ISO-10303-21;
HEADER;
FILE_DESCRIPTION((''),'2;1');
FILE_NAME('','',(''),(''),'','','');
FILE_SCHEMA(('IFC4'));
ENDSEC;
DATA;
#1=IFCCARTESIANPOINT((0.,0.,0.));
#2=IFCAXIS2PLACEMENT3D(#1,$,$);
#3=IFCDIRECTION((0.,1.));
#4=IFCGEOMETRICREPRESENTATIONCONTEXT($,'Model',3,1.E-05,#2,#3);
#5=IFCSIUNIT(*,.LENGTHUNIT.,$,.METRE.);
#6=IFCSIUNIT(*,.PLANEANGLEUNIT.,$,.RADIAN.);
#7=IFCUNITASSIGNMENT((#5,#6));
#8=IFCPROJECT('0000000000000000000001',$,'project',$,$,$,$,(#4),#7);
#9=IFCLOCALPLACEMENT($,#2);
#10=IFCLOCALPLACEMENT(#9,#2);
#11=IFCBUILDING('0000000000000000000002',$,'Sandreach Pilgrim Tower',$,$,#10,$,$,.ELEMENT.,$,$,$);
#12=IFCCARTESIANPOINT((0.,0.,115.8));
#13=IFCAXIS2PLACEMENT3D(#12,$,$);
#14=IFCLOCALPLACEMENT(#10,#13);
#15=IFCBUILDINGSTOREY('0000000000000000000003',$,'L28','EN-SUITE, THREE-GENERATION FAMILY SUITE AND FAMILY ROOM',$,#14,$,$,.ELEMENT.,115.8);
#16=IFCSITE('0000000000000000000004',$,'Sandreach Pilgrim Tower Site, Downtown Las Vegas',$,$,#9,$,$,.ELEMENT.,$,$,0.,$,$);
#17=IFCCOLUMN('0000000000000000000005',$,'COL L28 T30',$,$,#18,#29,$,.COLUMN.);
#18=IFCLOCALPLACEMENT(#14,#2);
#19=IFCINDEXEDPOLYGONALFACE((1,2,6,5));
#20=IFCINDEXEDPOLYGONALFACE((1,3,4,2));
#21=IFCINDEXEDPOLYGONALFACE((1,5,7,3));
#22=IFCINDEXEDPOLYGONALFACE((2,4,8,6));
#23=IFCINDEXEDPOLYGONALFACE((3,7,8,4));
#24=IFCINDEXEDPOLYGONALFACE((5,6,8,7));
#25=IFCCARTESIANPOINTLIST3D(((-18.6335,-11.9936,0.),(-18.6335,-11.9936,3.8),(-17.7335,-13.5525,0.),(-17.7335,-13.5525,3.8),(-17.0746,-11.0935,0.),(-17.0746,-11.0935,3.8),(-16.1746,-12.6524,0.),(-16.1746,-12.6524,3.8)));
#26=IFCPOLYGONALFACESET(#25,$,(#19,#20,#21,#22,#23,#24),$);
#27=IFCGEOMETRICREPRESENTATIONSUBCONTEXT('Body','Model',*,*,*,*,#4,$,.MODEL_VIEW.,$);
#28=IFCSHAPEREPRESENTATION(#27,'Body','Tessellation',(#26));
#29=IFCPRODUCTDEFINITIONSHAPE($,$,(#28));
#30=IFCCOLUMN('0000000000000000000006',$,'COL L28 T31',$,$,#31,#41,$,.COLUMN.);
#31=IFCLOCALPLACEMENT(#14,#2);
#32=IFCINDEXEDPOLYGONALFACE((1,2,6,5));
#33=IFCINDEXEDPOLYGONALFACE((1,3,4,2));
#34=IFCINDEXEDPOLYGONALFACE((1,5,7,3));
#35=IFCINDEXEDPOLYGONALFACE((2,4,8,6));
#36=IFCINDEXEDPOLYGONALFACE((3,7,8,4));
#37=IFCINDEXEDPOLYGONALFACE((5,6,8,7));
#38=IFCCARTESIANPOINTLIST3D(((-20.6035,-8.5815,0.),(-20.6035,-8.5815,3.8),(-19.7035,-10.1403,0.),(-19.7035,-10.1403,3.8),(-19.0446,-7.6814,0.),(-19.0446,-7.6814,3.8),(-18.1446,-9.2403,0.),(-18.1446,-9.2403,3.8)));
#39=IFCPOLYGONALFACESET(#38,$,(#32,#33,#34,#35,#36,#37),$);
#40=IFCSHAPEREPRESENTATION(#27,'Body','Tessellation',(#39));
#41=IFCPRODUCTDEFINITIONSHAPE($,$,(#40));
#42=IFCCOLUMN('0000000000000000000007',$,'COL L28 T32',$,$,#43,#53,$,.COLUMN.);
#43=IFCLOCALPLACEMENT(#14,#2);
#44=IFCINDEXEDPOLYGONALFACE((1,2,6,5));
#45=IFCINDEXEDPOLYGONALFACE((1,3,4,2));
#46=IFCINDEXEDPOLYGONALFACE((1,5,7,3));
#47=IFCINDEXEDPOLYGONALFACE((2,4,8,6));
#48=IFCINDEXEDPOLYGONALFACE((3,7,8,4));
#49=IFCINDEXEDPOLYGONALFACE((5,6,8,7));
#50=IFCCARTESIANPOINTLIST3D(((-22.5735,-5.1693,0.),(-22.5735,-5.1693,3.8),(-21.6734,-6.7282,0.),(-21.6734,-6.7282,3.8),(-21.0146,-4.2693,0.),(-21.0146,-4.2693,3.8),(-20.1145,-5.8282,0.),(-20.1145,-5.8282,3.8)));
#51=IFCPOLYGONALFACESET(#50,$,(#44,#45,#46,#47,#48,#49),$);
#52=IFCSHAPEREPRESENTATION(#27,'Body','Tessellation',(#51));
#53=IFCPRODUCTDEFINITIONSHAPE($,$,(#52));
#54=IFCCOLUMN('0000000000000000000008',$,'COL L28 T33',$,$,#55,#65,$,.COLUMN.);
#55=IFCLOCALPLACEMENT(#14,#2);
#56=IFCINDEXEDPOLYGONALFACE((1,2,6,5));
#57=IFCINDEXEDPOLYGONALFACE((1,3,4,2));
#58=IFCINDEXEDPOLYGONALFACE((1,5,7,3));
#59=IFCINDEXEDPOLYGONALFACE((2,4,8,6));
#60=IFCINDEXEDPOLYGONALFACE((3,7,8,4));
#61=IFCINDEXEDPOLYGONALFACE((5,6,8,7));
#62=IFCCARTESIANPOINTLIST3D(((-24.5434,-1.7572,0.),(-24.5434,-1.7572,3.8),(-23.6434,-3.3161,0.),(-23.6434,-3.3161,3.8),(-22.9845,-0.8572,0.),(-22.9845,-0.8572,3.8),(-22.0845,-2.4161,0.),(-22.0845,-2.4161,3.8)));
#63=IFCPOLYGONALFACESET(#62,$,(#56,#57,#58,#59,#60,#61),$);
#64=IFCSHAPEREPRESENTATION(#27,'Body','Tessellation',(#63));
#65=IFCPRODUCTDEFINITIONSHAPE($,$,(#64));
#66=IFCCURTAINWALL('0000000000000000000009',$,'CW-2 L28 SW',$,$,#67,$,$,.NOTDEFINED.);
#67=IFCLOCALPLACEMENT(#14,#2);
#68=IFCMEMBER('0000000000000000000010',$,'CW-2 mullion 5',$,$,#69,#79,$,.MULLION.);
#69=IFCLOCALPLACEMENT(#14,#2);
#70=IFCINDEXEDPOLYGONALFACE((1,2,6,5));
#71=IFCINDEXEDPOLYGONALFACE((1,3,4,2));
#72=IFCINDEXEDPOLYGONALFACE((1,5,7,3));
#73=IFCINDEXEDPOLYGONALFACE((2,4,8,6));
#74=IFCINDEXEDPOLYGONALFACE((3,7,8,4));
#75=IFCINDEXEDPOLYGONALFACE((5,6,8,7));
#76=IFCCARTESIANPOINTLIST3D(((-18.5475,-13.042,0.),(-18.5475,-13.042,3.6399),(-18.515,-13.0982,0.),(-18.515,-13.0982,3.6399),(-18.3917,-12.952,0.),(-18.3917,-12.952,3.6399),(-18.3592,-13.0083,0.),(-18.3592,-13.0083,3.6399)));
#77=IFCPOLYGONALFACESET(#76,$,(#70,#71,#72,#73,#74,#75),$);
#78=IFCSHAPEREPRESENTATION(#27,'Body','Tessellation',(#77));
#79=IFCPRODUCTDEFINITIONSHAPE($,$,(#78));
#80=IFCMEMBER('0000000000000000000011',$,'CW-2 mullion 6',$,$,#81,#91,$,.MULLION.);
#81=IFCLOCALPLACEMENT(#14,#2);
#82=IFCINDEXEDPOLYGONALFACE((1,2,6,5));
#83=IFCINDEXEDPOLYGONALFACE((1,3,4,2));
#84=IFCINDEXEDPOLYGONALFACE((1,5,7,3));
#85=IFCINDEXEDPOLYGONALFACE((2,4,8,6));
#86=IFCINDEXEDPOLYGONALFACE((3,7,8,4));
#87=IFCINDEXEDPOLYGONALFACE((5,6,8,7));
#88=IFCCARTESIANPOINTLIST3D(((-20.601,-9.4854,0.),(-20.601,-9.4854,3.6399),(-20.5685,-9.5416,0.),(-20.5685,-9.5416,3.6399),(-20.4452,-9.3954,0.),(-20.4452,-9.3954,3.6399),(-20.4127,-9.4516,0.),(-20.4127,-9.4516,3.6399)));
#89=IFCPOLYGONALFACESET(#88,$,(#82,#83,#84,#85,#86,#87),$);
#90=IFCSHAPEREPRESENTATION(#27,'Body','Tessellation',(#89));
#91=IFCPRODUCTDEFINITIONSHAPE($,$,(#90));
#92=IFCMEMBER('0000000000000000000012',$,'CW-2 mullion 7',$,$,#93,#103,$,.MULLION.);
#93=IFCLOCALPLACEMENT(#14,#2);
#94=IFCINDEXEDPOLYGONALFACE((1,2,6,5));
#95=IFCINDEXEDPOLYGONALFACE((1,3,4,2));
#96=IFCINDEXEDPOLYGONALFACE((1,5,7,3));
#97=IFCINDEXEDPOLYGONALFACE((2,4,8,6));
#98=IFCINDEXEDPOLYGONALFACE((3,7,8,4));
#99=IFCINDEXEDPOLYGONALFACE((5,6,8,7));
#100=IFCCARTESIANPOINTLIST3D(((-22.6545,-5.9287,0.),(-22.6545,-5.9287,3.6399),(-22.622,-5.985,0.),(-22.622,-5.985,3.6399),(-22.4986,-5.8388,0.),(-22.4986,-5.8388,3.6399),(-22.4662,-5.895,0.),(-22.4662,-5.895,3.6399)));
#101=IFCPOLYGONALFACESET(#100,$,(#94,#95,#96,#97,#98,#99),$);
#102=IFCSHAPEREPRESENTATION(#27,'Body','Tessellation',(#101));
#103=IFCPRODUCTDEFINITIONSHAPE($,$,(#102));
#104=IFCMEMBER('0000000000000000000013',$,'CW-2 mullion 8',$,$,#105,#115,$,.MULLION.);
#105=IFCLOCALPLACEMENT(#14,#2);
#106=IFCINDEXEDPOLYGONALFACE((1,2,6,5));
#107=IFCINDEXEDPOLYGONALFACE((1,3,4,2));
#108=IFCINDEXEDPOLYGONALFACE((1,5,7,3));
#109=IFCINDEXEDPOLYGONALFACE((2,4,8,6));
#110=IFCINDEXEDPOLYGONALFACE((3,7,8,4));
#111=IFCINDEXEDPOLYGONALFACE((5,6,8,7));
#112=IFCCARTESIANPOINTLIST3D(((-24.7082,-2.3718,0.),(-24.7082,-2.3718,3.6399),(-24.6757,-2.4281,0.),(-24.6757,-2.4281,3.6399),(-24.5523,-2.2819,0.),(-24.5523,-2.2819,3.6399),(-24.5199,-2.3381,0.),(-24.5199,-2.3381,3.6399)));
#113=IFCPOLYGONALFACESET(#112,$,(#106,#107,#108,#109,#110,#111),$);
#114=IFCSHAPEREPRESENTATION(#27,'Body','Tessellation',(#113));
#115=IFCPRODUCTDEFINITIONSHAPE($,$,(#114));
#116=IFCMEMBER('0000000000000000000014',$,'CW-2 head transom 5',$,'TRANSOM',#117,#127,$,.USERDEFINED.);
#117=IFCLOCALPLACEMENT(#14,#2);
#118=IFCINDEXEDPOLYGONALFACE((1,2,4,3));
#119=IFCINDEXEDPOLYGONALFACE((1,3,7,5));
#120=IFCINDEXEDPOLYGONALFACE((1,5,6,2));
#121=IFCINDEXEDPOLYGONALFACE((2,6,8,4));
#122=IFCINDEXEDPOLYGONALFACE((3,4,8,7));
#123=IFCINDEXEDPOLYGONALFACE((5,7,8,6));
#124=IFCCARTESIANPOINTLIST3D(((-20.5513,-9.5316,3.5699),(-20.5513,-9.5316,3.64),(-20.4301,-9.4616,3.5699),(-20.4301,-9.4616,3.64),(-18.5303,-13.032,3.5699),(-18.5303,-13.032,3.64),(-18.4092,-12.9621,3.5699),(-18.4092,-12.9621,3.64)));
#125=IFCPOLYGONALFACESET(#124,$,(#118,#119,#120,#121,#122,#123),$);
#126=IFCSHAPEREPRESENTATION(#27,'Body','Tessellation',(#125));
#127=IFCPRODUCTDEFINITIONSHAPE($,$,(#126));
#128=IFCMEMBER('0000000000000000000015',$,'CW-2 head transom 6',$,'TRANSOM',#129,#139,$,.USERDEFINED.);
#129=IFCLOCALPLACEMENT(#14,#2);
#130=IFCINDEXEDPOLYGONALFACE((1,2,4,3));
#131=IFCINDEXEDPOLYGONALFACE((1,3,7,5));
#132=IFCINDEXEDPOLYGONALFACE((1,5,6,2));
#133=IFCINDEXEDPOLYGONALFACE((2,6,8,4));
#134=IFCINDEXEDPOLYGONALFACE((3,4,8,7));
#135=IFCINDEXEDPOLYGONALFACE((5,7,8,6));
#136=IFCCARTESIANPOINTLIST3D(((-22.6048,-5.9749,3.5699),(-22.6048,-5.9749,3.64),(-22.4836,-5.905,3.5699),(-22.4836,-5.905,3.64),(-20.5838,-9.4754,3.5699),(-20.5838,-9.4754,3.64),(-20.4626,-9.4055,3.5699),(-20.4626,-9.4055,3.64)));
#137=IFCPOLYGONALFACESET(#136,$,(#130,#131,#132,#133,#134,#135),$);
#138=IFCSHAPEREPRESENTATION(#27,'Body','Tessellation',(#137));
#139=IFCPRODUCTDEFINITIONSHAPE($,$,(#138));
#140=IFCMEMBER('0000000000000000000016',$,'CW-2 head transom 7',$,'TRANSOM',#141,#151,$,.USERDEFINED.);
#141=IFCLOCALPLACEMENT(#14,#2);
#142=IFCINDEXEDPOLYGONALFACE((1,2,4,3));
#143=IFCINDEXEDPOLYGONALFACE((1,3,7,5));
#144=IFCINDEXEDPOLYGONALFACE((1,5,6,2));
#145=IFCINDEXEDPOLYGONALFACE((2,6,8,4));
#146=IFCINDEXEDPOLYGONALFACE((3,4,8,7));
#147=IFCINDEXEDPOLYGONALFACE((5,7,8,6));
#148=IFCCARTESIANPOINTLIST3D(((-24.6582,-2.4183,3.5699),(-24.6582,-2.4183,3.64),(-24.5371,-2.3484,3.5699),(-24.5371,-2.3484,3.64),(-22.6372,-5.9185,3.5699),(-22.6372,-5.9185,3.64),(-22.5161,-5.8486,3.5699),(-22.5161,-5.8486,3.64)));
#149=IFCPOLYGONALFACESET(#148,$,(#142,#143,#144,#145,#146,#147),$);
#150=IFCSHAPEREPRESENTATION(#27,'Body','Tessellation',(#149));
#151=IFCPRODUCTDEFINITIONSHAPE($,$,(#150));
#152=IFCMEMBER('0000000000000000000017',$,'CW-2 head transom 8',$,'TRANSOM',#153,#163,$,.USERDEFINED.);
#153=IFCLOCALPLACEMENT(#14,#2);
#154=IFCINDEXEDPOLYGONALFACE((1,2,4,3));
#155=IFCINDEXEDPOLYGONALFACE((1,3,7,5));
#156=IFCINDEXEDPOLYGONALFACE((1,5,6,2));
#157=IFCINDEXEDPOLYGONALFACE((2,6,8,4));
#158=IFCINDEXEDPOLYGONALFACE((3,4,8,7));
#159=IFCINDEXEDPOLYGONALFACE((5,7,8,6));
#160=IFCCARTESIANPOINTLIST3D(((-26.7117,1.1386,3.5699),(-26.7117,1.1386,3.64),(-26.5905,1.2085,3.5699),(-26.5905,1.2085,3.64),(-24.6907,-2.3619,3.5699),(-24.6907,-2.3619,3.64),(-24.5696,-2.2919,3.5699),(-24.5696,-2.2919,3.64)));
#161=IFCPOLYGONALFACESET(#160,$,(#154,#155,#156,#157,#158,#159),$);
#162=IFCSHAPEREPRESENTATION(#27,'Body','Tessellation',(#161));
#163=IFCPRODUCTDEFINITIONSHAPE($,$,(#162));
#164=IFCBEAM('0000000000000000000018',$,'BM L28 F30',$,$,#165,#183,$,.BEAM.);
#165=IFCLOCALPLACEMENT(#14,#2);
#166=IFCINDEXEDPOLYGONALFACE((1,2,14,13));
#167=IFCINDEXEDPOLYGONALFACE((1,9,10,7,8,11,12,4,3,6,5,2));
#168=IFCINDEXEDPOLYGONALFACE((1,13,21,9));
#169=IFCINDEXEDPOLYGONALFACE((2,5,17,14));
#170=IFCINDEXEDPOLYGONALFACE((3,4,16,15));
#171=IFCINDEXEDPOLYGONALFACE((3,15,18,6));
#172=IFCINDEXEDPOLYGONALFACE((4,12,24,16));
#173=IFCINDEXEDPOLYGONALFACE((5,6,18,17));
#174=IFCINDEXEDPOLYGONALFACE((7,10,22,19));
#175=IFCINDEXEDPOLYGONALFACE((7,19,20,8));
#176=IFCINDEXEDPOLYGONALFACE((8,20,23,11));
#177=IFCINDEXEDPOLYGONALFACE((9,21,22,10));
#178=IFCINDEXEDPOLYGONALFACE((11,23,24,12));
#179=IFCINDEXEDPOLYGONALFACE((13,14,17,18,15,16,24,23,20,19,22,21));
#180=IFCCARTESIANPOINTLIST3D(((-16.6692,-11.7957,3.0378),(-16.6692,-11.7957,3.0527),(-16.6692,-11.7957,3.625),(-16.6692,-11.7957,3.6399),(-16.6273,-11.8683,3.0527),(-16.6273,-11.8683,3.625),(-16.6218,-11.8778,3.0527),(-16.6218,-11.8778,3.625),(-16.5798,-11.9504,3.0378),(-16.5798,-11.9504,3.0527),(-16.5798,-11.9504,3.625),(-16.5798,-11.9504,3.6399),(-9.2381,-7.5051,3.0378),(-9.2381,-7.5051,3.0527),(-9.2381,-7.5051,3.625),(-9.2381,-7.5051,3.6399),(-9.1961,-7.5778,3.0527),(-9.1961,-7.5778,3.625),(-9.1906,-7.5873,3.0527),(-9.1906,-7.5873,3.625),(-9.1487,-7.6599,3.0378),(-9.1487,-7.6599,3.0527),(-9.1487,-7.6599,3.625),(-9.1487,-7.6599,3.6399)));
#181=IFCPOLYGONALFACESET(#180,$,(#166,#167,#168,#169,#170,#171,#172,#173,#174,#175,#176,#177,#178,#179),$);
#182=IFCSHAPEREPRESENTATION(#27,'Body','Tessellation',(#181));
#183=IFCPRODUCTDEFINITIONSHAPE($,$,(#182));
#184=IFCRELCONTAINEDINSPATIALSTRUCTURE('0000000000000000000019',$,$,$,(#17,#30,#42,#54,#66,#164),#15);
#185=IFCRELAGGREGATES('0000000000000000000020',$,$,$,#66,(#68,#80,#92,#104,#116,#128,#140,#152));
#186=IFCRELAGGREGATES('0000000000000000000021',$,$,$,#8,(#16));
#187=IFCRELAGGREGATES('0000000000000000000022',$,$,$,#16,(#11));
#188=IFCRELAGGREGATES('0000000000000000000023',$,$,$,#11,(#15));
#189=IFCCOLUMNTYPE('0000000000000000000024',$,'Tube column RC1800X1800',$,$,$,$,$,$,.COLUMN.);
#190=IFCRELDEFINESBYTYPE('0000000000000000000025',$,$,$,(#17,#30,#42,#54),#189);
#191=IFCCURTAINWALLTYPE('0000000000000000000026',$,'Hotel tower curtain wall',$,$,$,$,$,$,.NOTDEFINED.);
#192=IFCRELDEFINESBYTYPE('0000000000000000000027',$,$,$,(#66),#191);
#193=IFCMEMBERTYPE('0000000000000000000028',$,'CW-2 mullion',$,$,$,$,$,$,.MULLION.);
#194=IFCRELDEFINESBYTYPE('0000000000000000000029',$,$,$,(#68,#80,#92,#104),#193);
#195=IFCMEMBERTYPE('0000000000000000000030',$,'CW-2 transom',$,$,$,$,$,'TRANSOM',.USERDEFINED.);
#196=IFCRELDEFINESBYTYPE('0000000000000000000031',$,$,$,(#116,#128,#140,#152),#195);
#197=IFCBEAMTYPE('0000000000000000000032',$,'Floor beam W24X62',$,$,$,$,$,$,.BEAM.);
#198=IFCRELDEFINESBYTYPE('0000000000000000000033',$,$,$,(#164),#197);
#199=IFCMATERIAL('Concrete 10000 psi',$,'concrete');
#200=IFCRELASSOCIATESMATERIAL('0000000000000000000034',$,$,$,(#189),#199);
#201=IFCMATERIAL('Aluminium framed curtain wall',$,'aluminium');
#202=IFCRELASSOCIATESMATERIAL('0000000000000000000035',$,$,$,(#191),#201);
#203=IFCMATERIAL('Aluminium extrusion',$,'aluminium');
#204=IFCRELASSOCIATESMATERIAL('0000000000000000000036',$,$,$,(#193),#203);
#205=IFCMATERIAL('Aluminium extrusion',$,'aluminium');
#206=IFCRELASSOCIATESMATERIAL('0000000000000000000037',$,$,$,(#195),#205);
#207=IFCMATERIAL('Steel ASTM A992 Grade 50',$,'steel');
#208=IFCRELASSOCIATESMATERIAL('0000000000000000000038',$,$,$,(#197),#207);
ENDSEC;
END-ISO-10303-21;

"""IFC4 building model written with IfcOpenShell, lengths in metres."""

from ifc_helpers import new_model, si_unit, direction, frame, origin, origin_2d, place, context, subcontext, project, spatial, rectangle, i_section, extrude, material, material_profile, profile_set, type_object, element, aggregate, save


model = new_model("IFC4")

# Units and contexts
model_context = context("Model", 3, precision=1e-05, world=origin(), true_north=direction((0.0, 1.0)))
body_context = subcontext(model_context, "Body", "Model", "MODEL_VIEW")
ifc_project = project(units=[si_unit("LENGTHUNIT", "METRE"), si_unit("PLANEANGLEUNIT", "RADIAN")], contexts=[model_context])

# Site, building, storey
site_placement = place(None, origin())
site = spatial("IfcSite", under=ifc_project, at=site_placement, Name="Sandreach Pilgrim Tower Site, Downtown Las Vegas", CompositionType="ELEMENT", RefElevation=0.0)
building_placement = place(site_placement, origin())
building = spatial("IfcBuilding", under=site, at=building_placement, Name="Sandreach Pilgrim Tower", CompositionType="ELEMENT")
storey_placement = place(building_placement, frame((0.0, 0.0, 115.8)))
storey = spatial("IfcBuildingStorey", under=building, at=storey_placement, Name="L28", Description="EN-SUITE, THREE-GENERATION FAMILY SUITE AND FAMILY ROOM", CompositionType="ELEMENT", Elevation=115.8)

# Columns
ifc_material_1 = material(Name="Concrete 10000 psi", Category="concrete")
ifc_material_profile_1 = material_profile(ifc_material_1, rectangle(XDim=1.8, YDim=1.8, at=origin_2d()), Name="RC1800X1800")
ifc_profile_set_1 = profile_set([ifc_material_profile_1], Name="Concrete 10000 psi")
column_type = type_object("IfcColumnType", Name="Tube column RC1800X1800", PredefinedType="COLUMN", material=ifc_profile_set_1)
for number, where, z_axis, x_axis, name in (
    (1, (-17.4041, -12.323, 0.0), (0.0, 0.0, 1.0), (-0.866025, -0.5, 0.0), "COL L28 T30"),
    (2, (-19.374, -8.9109, 0.0), (0.0, 0.0, 1.0), (-0.866025, -0.5, 0.0), "COL L28 T31"),
    (3, (-21.344, -5.4988, 0.0), (0.0, 0.0, 1.0), (-0.866025, -0.5, 0.0), "COL L28 T32"),
    (4, (-23.314, -2.0867, 0.0), (0.0, 0.0, 1.0), (-0.866025, -0.5, 0.0), "COL L28 T33"),
):
    element("IfcColumn", number, at=place(storey_placement, frame(where, z_axis=z_axis, x_axis=x_axis)), inside=storey, type_object=column_type, Name=name, PredefinedType="COLUMN", context=body_context, shape_type="SweptSolid", body=[
        extrude(rectangle(XDim=1.8, YDim=1.8, at=origin_2d()), origin(), (0.0, 0.0, 1.0), 3.8),
    ])

# Curtain wall, members
ifc_material_2 = material(Name="Aluminium framed curtain wall", Category="aluminium")
curtain_wall_type = type_object("IfcCurtainWallType", Name="Hotel tower curtain wall", PredefinedType="NOTDEFINED", material=ifc_material_2)
curtain_wall_placement = place(storey_placement, origin())
curtain_wall = element("IfcCurtainWall", 5, at=curtain_wall_placement, inside=storey, type_object=curtain_wall_type, Name="CW-2 L28 SW", PredefinedType="NOTDEFINED")
ifc_material_3 = material(Name="Aluminium extrusion", Category="aluminium")
ifc_material_profile_2 = material_profile(ifc_material_3, rectangle(XDim=0.0649, YDim=0.1799, at=origin_2d()), Name="CW-2M 65X180")
ifc_profile_set_2 = profile_set([ifc_material_profile_2], Name="Aluminium extrusion")
member_type_1 = type_object("IfcMemberType", Name="CW-2 mullion", PredefinedType="MULLION", material=ifc_profile_set_2)
member_1_placement = place(storey_placement, frame((-18.4534, -13.0251, 0.0), z_axis=(0.0, 0.0, 1.0), x_axis=(-0.5, 0.866025, 0.0)))
member_1 = element("IfcMember", 6, at=member_1_placement, type_object=member_type_1, Name="CW-2 mullion 5", PredefinedType="MULLION", context=body_context, shape_type="SweptSolid", body=[
    extrude(rectangle(XDim=0.0649, YDim=0.1799, at=origin_2d()), origin(), (0.0, 0.0, 1.0), 3.6399),
])
member_2_placement = place(storey_placement, frame((-20.5068, -9.4685, 0.0), z_axis=(0.0, 0.0, 1.0), x_axis=(-0.5, 0.866025, 0.0)))
member_2 = element("IfcMember", 7, at=member_2_placement, type_object=member_type_1, Name="CW-2 mullion 6", PredefinedType="MULLION", context=body_context, shape_type="SweptSolid", body=[
    extrude(rectangle(XDim=0.0649, YDim=0.1799, at=origin_2d()), origin(), (0.0, 0.0, 1.0), 3.6399),
])
member_3_placement = place(storey_placement, frame((-22.5603, -5.9119, 0.0), z_axis=(0.0, 0.0, 1.0), x_axis=(-0.5, 0.866025, 0.0)))
member_3 = element("IfcMember", 8, at=member_3_placement, type_object=member_type_1, Name="CW-2 mullion 7", PredefinedType="MULLION", context=body_context, shape_type="SweptSolid", body=[
    extrude(rectangle(XDim=0.0649, YDim=0.1799, at=origin_2d()), origin(), (0.0, 0.0, 1.0), 3.6399),
])
member_4_placement = place(storey_placement, frame((-24.614, -2.355, 0.0), z_axis=(0.0, 0.0, 1.0), x_axis=(-0.5, 0.866025, 0.0)))
member_4 = element("IfcMember", 9, at=member_4_placement, type_object=member_type_1, Name="CW-2 mullion 8", PredefinedType="MULLION", context=body_context, shape_type="SweptSolid", body=[
    extrude(rectangle(XDim=0.0649, YDim=0.1799, at=origin_2d()), origin(), (0.0, 0.0, 1.0), 3.6399),
])
ifc_material_4 = material(Name="Aluminium extrusion", Category="aluminium")
ifc_material_profile_3 = material_profile(ifc_material_4, rectangle(XDim=0.1399, YDim=0.0701, at=origin_2d()), Name="CW-2T 140X70")
ifc_profile_set_3 = profile_set([ifc_material_profile_3], Name="Aluminium extrusion")
member_type_2 = type_object("IfcMemberType", Name="CW-2 transom", ElementType="TRANSOM", PredefinedType="USERDEFINED", material=ifc_profile_set_3)
member_5_placement = place(storey_placement, frame((-18.4697, -12.9971, 3.605), z_axis=(-0.499998, 0.866027, 0.0), x_axis=(-0.866027, -0.499998, 0.0)))
member_5 = element("IfcMember", 10, at=member_5_placement, type_object=member_type_2, Name="CW-2 head transom 5", ObjectType="TRANSOM", PredefinedType="USERDEFINED", context=body_context, shape_type="SweptSolid", body=[
    extrude(rectangle(XDim=0.1399, YDim=0.0701, at=origin_2d()), origin(), (0.0, 0.0, 1.0), 4.042),
])
member_6_placement = place(storey_placement, frame((-20.5232, -9.4404, 3.605), z_axis=(-0.499998, 0.866027, 0.0), x_axis=(-0.866027, -0.499998, 0.0)))
member_6 = element("IfcMember", 11, at=member_6_placement, type_object=member_type_2, Name="CW-2 head transom 6", ObjectType="TRANSOM", PredefinedType="USERDEFINED", context=body_context, shape_type="SweptSolid", body=[
    extrude(rectangle(XDim=0.1399, YDim=0.0701, at=origin_2d()), origin(), (0.0, 0.0, 1.0), 4.042),
])
member_7_placement = place(storey_placement, frame((-22.5767, -5.8835, 3.605), z_axis=(-0.500024, 0.866012, 0.0), x_axis=(-0.866012, -0.500024, 0.0)))
member_7 = element("IfcMember", 12, at=member_7_placement, type_object=member_type_2, Name="CW-2 head transom 7", ObjectType="TRANSOM", PredefinedType="USERDEFINED", context=body_context, shape_type="SweptSolid", body=[
    extrude(rectangle(XDim=0.1399, YDim=0.0701, at=origin_2d()), origin(), (0.0, 0.0, 1.0), 4.0417),
])
member_8_placement = place(storey_placement, frame((-24.6301, -2.3269, 3.605), z_axis=(-0.499998, 0.866027, 0.0), x_axis=(-0.866027, -0.499998, 0.0)))
member_8 = element("IfcMember", 13, at=member_8_placement, type_object=member_type_2, Name="CW-2 head transom 8", ObjectType="TRANSOM", PredefinedType="USERDEFINED", context=body_context, shape_type="SweptSolid", body=[
    extrude(rectangle(XDim=0.1399, YDim=0.0701, at=origin_2d()), origin(), (0.0, 0.0, 1.0), 4.042),
])

# Beam
ifc_material_5 = material(Name="Steel ASTM A992 Grade 50", Category="steel")
ifc_material_profile_4 = material_profile(ifc_material_5, i_section(OverallWidth=0.1787, OverallDepth=0.6021, WebThickness=0.011, FlangeThickness=0.0149, at=origin_2d()), Name="W24X62")
ifc_profile_set_4 = profile_set([ifc_material_profile_4], Name="Steel ASTM A992 Grade 50")
beam_type_1 = type_object("IfcBeamType", Name="Floor beam W24X62", PredefinedType="BEAM", material=ifc_profile_set_4)
beam_1_placement = place(storey_placement, frame((-16.6245, -11.873, 3.3389), z_axis=(0.866018, 0.500013, 0.0), x_axis=(-0.500013, 0.866018, 0.0)))
element("IfcBeam", 14, at=beam_1_placement, inside=storey, type_object=beam_type_1, Name="BM L28 F30", PredefinedType="BEAM", context=body_context, shape_type="SweptSolid", body=[
    extrude(i_section(OverallWidth=0.1787, OverallDepth=0.6021, WebThickness=0.011, FlangeThickness=0.0149, at=origin_2d()), origin(), (0.0, 0.0, 1.0), 8.5808),
])

aggregate(curtain_wall, [member_1, member_2, member_3, member_4, member_5, member_6, member_7, member_8])

save(model, "model.ifc")
